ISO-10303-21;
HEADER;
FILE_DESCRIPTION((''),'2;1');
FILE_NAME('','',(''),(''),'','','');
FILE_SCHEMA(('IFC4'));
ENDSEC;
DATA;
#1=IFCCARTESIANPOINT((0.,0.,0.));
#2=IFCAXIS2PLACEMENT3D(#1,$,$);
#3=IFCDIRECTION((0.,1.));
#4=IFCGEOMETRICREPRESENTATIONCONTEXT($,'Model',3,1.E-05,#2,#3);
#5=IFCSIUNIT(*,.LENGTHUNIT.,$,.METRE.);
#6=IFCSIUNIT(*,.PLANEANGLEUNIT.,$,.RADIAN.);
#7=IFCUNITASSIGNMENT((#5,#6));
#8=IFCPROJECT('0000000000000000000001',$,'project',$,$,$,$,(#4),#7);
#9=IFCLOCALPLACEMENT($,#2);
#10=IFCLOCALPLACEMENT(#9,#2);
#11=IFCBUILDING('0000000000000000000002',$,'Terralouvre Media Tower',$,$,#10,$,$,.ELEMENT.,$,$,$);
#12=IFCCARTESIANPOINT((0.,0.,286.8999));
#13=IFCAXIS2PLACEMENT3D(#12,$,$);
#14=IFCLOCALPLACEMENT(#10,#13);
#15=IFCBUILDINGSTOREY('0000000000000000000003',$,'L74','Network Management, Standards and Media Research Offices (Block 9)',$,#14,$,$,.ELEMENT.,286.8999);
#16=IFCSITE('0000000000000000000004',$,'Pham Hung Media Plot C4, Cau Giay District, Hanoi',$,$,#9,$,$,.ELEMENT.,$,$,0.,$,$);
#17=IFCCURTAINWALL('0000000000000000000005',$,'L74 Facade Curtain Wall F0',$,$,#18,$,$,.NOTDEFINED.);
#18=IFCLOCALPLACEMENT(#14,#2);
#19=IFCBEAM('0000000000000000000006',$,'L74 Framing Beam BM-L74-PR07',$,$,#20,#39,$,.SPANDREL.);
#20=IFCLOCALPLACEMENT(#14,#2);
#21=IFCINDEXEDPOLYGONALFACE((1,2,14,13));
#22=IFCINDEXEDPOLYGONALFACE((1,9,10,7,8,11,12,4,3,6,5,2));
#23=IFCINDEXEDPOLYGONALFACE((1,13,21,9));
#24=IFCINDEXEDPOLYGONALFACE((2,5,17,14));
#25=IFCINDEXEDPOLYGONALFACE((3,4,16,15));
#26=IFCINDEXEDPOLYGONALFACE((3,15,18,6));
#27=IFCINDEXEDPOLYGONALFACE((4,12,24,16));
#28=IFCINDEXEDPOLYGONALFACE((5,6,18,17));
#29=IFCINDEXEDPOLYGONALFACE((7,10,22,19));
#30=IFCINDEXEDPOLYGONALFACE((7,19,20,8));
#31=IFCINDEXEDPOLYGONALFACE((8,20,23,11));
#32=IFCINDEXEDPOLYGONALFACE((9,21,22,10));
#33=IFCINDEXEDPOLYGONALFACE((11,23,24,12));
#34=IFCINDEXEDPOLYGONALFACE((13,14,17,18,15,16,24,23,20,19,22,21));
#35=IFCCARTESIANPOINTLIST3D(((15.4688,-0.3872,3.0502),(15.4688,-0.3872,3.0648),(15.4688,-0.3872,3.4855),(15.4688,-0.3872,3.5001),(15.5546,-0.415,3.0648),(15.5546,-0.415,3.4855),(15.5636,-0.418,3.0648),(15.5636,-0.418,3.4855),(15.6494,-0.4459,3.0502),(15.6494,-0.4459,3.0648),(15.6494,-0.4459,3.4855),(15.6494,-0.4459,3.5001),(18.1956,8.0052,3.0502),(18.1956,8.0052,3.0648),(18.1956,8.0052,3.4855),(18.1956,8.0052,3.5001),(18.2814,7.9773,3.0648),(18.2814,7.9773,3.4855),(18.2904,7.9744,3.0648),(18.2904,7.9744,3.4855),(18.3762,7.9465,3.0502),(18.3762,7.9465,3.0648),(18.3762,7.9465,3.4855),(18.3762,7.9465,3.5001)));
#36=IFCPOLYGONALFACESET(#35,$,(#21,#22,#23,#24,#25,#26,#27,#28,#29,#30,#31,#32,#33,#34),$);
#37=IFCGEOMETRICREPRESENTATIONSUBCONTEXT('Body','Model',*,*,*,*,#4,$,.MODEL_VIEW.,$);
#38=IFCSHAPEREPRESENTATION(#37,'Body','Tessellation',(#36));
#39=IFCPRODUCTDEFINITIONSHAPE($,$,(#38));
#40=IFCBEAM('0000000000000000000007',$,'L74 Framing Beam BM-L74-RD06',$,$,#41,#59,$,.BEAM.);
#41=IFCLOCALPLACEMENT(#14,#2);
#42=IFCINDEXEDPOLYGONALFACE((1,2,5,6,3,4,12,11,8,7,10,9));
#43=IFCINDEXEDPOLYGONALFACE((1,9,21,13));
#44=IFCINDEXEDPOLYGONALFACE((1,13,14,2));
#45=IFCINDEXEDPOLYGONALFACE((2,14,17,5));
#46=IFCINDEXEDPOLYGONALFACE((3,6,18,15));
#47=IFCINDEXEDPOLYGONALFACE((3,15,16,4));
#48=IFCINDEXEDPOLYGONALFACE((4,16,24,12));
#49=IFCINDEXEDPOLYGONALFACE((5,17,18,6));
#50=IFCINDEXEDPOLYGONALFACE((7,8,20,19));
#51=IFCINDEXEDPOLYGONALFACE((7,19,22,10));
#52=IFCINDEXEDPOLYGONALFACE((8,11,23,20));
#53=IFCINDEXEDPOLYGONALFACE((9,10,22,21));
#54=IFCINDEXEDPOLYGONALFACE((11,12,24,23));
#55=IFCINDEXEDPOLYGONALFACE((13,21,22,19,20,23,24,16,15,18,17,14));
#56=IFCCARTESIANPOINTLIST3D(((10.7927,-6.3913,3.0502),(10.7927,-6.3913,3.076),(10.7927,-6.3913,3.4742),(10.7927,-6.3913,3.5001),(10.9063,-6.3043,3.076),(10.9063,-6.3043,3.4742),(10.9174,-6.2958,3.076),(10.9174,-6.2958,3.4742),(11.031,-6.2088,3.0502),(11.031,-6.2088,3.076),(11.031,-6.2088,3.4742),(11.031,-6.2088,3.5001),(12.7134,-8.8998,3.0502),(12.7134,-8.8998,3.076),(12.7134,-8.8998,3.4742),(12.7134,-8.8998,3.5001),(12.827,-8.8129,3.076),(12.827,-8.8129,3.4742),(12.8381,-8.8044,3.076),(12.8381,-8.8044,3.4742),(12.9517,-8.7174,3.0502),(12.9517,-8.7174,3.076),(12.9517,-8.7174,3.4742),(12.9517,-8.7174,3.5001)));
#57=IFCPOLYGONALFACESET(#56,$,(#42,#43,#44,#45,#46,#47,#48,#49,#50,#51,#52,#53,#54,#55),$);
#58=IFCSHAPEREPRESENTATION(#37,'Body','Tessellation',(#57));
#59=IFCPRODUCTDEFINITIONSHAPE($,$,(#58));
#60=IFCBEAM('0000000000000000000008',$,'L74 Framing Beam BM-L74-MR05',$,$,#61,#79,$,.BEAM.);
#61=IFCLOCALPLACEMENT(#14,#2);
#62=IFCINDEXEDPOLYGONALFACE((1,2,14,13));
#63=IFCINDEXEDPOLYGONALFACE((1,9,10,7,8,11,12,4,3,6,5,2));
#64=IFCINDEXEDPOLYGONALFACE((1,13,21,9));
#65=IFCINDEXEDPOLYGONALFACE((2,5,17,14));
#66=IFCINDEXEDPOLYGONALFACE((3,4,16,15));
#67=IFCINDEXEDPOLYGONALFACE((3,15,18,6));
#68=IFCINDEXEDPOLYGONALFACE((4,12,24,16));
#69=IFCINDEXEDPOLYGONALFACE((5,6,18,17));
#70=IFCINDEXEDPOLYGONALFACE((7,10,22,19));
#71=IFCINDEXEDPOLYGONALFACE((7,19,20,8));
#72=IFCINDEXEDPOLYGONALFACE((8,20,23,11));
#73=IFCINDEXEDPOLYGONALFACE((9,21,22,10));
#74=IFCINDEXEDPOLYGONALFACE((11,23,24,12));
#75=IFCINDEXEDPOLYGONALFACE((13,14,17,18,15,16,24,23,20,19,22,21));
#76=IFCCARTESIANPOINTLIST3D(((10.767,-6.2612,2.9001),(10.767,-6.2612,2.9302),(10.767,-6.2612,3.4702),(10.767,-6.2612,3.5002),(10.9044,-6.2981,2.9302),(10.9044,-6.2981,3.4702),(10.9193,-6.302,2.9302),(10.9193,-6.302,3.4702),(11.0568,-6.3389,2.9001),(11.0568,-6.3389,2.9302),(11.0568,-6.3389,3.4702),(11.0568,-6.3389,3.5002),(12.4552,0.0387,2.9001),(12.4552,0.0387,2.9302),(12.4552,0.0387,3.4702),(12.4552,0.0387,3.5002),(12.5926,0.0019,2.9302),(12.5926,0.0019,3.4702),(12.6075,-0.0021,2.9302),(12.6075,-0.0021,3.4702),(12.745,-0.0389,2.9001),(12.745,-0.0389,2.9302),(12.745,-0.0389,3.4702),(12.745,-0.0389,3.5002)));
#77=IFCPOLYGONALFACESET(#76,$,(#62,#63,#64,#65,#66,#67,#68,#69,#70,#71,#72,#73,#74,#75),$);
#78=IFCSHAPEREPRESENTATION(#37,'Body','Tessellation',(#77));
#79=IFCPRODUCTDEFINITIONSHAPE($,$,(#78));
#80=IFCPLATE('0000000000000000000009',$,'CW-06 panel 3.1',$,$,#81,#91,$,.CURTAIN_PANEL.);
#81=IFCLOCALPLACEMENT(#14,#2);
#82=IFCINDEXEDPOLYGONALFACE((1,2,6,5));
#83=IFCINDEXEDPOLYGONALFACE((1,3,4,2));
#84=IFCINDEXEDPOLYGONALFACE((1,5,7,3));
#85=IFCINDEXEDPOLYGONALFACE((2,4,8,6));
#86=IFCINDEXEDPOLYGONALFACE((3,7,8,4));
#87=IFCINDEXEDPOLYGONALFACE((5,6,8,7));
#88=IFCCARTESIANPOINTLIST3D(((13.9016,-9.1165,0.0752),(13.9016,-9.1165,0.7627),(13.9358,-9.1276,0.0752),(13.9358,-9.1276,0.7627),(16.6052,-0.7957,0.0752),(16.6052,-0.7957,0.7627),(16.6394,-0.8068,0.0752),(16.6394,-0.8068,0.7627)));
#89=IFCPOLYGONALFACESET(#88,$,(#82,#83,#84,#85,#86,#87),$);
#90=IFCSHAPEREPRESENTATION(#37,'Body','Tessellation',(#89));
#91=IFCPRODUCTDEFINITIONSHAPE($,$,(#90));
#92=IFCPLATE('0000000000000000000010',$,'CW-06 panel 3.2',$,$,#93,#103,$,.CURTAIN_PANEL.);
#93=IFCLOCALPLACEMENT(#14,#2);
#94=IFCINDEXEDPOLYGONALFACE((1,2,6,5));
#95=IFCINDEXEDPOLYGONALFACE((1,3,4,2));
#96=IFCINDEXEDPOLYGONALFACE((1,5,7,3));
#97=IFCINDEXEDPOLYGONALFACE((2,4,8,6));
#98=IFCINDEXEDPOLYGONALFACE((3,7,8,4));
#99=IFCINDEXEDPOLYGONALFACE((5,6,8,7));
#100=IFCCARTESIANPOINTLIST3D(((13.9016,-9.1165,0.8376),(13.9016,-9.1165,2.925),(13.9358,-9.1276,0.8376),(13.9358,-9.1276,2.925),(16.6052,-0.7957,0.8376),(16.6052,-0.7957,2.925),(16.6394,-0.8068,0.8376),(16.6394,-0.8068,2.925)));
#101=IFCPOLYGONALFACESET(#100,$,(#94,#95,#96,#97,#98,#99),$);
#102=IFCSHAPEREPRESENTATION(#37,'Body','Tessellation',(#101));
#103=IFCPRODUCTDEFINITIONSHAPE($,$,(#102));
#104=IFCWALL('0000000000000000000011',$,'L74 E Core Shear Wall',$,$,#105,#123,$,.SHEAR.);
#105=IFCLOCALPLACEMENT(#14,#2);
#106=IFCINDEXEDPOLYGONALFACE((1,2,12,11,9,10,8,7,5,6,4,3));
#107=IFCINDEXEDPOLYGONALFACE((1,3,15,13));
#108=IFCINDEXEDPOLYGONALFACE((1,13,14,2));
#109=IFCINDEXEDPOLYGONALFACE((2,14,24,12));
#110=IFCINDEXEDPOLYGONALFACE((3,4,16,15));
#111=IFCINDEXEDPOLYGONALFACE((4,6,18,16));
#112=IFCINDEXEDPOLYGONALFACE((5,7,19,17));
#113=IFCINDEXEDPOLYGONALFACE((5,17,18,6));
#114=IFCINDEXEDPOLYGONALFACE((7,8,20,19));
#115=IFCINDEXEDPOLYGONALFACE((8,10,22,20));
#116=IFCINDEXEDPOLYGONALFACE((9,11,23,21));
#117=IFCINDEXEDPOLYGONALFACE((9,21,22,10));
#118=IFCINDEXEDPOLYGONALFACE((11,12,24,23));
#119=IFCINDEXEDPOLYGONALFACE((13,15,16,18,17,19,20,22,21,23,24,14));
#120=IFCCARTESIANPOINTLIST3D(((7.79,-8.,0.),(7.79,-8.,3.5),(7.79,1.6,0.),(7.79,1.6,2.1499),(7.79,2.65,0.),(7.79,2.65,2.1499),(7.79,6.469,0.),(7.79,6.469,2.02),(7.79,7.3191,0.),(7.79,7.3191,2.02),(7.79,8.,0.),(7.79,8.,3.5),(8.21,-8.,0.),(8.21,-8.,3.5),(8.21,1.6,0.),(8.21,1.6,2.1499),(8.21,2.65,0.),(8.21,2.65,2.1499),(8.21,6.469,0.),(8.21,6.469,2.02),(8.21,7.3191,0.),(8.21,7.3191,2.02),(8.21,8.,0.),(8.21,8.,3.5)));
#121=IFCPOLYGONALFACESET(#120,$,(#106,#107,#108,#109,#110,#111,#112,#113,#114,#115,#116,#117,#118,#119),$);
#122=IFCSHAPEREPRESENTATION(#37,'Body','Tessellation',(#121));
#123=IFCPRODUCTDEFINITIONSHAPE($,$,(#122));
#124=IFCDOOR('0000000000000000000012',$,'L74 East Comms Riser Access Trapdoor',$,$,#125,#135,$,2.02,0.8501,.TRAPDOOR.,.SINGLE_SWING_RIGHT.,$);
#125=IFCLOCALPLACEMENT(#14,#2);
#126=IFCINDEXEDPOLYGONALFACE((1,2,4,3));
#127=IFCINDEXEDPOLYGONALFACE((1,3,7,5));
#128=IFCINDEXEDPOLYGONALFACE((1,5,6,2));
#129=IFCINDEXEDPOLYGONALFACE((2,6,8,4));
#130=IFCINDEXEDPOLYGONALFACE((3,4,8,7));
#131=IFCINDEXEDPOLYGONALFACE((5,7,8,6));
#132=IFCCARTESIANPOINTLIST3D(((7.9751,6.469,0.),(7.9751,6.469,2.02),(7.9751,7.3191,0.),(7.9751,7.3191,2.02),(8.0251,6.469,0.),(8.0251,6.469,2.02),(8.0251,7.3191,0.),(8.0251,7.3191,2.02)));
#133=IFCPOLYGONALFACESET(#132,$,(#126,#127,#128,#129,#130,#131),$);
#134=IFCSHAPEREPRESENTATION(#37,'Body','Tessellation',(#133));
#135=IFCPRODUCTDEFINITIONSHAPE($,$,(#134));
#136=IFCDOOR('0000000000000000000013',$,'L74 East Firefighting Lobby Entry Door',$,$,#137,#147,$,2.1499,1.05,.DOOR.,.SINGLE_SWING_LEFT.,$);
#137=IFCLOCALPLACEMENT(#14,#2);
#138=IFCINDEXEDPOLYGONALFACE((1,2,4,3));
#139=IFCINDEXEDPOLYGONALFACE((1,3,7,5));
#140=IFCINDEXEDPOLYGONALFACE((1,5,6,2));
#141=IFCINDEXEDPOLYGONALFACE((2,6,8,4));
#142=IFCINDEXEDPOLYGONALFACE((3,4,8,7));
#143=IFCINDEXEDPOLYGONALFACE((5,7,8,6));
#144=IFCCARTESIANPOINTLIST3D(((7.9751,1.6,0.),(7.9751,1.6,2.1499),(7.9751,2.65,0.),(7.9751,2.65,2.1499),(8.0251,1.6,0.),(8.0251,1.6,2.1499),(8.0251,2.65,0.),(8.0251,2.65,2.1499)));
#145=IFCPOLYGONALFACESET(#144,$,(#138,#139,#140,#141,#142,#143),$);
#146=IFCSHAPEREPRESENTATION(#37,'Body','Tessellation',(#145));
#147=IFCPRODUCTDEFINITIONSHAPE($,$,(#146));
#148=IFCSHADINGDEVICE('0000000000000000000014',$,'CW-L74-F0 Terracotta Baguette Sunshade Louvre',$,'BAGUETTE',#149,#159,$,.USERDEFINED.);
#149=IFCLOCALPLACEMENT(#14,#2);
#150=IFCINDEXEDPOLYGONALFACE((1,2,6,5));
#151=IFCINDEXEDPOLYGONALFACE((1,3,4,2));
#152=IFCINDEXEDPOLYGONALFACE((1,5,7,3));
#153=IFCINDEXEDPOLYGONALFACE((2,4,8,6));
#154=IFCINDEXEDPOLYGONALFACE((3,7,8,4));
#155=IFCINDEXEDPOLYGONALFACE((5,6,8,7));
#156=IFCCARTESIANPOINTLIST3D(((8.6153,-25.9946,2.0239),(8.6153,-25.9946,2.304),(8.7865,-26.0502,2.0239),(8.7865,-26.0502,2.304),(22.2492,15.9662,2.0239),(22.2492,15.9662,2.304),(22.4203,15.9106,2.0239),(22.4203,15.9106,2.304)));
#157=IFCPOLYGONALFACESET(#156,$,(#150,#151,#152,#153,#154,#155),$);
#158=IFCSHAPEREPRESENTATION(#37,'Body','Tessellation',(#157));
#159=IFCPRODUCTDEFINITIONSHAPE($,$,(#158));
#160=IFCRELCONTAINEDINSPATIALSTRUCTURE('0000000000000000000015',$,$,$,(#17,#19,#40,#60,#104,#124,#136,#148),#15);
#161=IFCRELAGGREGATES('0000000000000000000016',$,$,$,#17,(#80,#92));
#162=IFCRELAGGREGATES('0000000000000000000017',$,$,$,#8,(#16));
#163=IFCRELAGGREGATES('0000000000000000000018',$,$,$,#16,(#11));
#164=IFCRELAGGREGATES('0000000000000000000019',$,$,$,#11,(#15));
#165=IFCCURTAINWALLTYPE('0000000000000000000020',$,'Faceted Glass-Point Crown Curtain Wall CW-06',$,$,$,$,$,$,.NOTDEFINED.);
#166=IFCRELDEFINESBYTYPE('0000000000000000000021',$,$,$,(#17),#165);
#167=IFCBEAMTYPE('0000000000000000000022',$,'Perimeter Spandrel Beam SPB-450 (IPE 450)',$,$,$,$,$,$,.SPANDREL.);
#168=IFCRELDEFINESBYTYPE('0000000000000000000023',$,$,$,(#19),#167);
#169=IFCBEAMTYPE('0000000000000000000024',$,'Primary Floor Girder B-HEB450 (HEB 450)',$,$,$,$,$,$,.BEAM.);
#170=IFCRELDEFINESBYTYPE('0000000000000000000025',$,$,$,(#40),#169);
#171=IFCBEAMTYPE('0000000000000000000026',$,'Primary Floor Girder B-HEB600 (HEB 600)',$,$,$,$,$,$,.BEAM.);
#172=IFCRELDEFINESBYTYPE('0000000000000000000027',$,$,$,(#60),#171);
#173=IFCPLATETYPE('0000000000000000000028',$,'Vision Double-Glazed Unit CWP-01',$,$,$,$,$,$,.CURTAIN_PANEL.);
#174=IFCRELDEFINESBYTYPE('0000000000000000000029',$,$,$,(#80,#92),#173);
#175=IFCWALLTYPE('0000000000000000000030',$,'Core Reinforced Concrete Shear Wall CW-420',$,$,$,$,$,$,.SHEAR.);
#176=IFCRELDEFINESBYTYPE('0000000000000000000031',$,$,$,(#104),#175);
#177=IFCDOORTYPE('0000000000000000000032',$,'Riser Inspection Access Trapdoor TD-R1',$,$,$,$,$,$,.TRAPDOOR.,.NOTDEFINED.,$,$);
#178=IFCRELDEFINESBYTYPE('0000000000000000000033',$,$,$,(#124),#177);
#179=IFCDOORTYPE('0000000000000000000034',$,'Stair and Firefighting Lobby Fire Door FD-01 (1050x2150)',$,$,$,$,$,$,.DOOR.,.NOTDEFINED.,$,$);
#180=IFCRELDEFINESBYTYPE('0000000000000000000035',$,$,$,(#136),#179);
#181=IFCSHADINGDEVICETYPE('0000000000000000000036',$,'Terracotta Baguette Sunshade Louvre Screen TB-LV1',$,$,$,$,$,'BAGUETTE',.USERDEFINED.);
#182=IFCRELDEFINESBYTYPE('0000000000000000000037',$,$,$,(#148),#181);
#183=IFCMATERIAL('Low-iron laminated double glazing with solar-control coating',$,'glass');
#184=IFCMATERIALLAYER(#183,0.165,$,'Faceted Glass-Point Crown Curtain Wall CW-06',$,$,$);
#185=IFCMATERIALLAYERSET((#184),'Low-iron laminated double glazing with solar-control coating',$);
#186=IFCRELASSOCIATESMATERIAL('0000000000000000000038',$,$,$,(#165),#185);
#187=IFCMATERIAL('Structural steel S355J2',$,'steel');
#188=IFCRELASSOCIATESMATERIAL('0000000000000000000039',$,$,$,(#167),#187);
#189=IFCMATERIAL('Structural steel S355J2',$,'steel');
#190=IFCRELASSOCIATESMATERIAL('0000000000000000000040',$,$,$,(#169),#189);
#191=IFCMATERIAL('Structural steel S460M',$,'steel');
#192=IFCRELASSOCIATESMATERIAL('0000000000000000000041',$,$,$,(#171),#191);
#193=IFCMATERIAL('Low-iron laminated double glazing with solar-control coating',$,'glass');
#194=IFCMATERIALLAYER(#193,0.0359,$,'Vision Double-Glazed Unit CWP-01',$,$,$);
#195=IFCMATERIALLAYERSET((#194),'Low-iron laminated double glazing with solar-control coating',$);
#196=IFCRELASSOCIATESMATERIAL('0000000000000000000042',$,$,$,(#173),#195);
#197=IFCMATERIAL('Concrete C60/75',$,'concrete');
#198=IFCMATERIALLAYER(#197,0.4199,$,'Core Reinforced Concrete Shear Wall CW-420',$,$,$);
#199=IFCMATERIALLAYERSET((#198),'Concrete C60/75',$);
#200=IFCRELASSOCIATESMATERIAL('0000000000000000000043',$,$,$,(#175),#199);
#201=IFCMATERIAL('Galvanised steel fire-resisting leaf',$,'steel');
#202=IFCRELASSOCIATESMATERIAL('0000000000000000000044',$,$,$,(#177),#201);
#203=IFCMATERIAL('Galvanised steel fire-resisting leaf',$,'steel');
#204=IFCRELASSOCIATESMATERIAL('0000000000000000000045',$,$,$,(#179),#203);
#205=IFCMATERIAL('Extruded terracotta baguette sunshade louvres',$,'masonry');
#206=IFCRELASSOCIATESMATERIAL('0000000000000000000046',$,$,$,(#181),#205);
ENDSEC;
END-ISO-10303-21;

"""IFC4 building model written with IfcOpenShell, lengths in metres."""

from ifc_helpers import new_model, si_unit, direction, frame, frame_2d, origin, origin_2d, place, context, subcontext, project, spatial, rectangle, i_section, extrude, material, layer, layer_set, material_profile, profile_set, type_object, element, fill, aggregate, save


model = new_model("IFC4")

# Units and contexts
model_context = context("Model", 3, precision=1e-05, world=origin(), true_north=direction((0.0, 1.0)))
body_context = subcontext(model_context, "Body", "Model", "MODEL_VIEW")
ifc_project = project(units=[si_unit("LENGTHUNIT", "METRE"), si_unit("PLANEANGLEUNIT", "RADIAN")], contexts=[model_context])

# Site, building, storey
site_placement = place(None, origin())
site = spatial("IfcSite", under=ifc_project, at=site_placement, Name="Pham Hung Media Plot C4, Cau Giay District, Hanoi", CompositionType="ELEMENT", RefElevation=0.0)
building_placement = place(site_placement, origin())
building = spatial("IfcBuilding", under=site, at=building_placement, Name="Terralouvre Media Tower", CompositionType="ELEMENT")
storey_placement = place(building_placement, frame((0.0, 0.0, 286.8999)))
storey = spatial("IfcBuildingStorey", under=building, at=storey_placement, Name="L74", Description="Network Management, Standards and Media Research Offices (Block 9)", CompositionType="ELEMENT", Elevation=286.8999)

# Curtain wall
ifc_material_1 = material(Name="Low-iron laminated double glazing with solar-control coating", Category="glass")
ifc_layer_1 = layer(ifc_material_1, 0.165, Name="Faceted Glass-Point Crown Curtain Wall CW-06")
ifc_layer_set_1 = layer_set([ifc_layer_1], Name="Low-iron laminated double glazing with solar-control coating")
curtain_wall_type = type_object("IfcCurtainWallType", Name="Faceted Glass-Point Crown Curtain Wall CW-06", PredefinedType="NOTDEFINED", material=ifc_layer_set_1)
curtain_wall_placement = place(storey_placement, origin())
curtain_wall = element("IfcCurtainWall", 1, at=curtain_wall_placement, inside=storey, type_object=curtain_wall_type, Name="L74 Facade Curtain Wall F0", PredefinedType="NOTDEFINED")

# Beams
ifc_material_2 = material(Name="Structural steel S355J2", Category="steel")
ifc_material_profile_1 = material_profile(ifc_material_2, i_section(OverallWidth=0.1899, OverallDepth=0.45, WebThickness=0.0095, FlangeThickness=0.0146, at=origin_2d()), Name="IPE 450")
ifc_profile_set_1 = profile_set([ifc_material_profile_1], Name="Structural steel S355J2")
beam_type_1 = type_object("IfcBeamType", Name="Perimeter Spandrel Beam SPB-450 (IPE 450)", PredefinedType="SPANDREL", material=ifc_profile_set_1)
beam_1_placement = place(storey_placement, frame((15.5591, -0.4165, 3.2751), z_axis=(0.309014, 0.951057, 0.0), x_axis=(-0.951057, 0.309014, 0.0)))
element("IfcBeam", 2, at=beam_1_placement, inside=storey, type_object=beam_type_1, Name="L74 Framing Beam BM-L74-PR07", PredefinedType="SPANDREL", context=body_context, shape_type="SweptSolid", body=[
    extrude(i_section(OverallWidth=0.1899, OverallDepth=0.45, WebThickness=0.0095, FlangeThickness=0.0146, at=origin_2d()), origin(), (0.0, 0.0, 1.0), 8.8242),
])
ifc_material_3 = material(Name="Structural steel S355J2", Category="steel")
ifc_material_profile_2 = material_profile(ifc_material_3, i_section(OverallWidth=0.3, OverallDepth=0.45, WebThickness=0.0139, FlangeThickness=0.0259, at=origin_2d()), Name="HEB 450")
ifc_profile_set_2 = profile_set([ifc_material_profile_2], Name="Structural steel S355J2")
beam_type_2 = type_object("IfcBeamType", Name="Primary Floor Girder B-HEB450 (HEB 450)", PredefinedType="BEAM", material=ifc_profile_set_2)
beam_2_placement = place(storey_placement, frame((10.9119, -6.3, 3.2751), z_axis=(0.60792, -0.793998, 0.0), x_axis=(0.793998, 0.60792, 0.0)))
element("IfcBeam", 3, at=beam_2_placement, inside=storey, type_object=beam_type_2, Name="L74 Framing Beam BM-L74-RD06", PredefinedType="BEAM", context=body_context, shape_type="SweptSolid", body=[
    extrude(i_section(OverallWidth=0.3, OverallDepth=0.45, WebThickness=0.0139, FlangeThickness=0.0259, at=origin_2d()), origin(), (0.0, 0.0, 1.0), 3.1594),
])
ifc_material_4 = material(Name="Structural steel S460M", Category="steel")
ifc_material_profile_3 = material_profile(ifc_material_4, i_section(OverallWidth=0.3, OverallDepth=0.6001, WebThickness=0.0154, FlangeThickness=0.03, at=origin_2d()), Name="HEB 600")
ifc_profile_set_3 = profile_set([ifc_material_profile_3], Name="Structural steel S460M")
beam_type_3 = type_object("IfcBeamType", Name="Primary Floor Girder B-HEB600 (HEB 600)", PredefinedType="BEAM", material=ifc_profile_set_3)
beam_3_placement = place(storey_placement, frame((10.9119, -6.3, 3.2002), z_axis=(0.258839, 0.96592, 0.0), x_axis=(-0.96592, 0.258839, 0.0)))
element("IfcBeam", 4, at=beam_3_placement, inside=storey, type_object=beam_type_3, Name="L74 Framing Beam BM-L74-MR05", PredefinedType="BEAM", context=body_context, shape_type="SweptSolid", body=[
    extrude(i_section(OverallWidth=0.3, OverallDepth=0.6001, WebThickness=0.0154, FlangeThickness=0.03, at=origin_2d()), origin(), (0.0, 0.0, 1.0), 6.5222),
])

# Plates
ifc_material_5 = material(Name="Low-iron laminated double glazing with solar-control coating", Category="glass")
ifc_layer_2 = layer(ifc_material_5, 0.0359, Name="Vision Double-Glazed Unit CWP-01")
ifc_layer_set_2 = layer_set([ifc_layer_2], Name="Low-iron laminated double glazing with solar-control coating")
plate_type = type_object("IfcPlateType", Name="Vision Double-Glazed Unit CWP-01", PredefinedType="CURTAIN_PANEL", material=ifc_layer_set_2)
plate_1_placement = place(storey_placement, frame((15.2705, -4.9617, 0.0752), z_axis=(0.0, 0.0, 1.0), x_axis=(0.309017, 0.951057, 0.0)))
plate_1 = element("IfcPlate", 5, at=plate_1_placement, type_object=plate_type, Name="CW-06 panel 3.1", PredefinedType="CURTAIN_PANEL", context=body_context, shape_type="SweptSolid", body=[
    extrude(rectangle(XDim=8.749, YDim=0.0359, at=origin_2d()), origin(), (0.0, 0.0, 1.0), 0.6875),
])
plate_2_placement = place(storey_placement, frame((15.2705, -4.9617, 0.8376), z_axis=(0.0, 0.0, 1.0), x_axis=(0.309017, 0.951057, 0.0)))
plate_2 = element("IfcPlate", 6, at=plate_2_placement, type_object=plate_type, Name="CW-06 panel 3.2", PredefinedType="CURTAIN_PANEL", context=body_context, shape_type="SweptSolid", body=[
    extrude(rectangle(XDim=8.749, YDim=0.0359, at=origin_2d()), origin(), (0.0, 0.0, 1.0), 2.0874),
])
aggregate(curtain_wall, [plate_1, plate_2])

# Wall, openings, doors
ifc_material_6 = material(Name="Concrete C60/75", Category="concrete")
ifc_layer_3 = layer(ifc_material_6, 0.4199, Name="Core Reinforced Concrete Shear Wall CW-420")
ifc_layer_set_3 = layer_set([ifc_layer_3], Name="Concrete C60/75")
wall_type = type_object("IfcWallType", Name="Core Reinforced Concrete Shear Wall CW-420", PredefinedType="SHEAR", material=ifc_layer_set_3)
wall_placement = place(storey_placement, frame((8.0, -8.0, 0.0), z_axis=(0.0, 0.0, 1.0), x_axis=(0.0, 1.0, 0.0)))
wall = element("IfcWall", 7, at=wall_placement, inside=storey, type_object=wall_type, Name="L74 E Core Shear Wall", PredefinedType="SHEAR", context=body_context, shape_type="SweptSolid", body=[
    extrude(rectangle(XDim=16.0, YDim=0.4199, at=frame_2d((8.0, 0.0))), origin(), (0.0, 0.0, 1.0), 3.5),
])
opening_1_placement = place(wall_placement, frame((9.6001, 0.0, 0.0)))
opening_1 = element("IfcOpeningElement", 8, at=opening_1_placement, cuts=wall, PredefinedType="OPENING", context=body_context, shape_type="SweptSolid", body=[
    extrude(rectangle(XDim=1.05, YDim=2.1499, at=frame_2d((0.5249, 1.075))), frame((0.0, 0.22, 0.0), z_axis=(0.0, -1.0, 0.0), x_axis=(1.0, 0.0, 0.0)), (0.0, 0.0, 1.0), 0.4399),
])
opening_2_placement = place(wall_placement, frame((14.469, 0.0, 0.0)))
opening_2 = element("IfcOpeningElement", 9, at=opening_2_placement, cuts=wall, PredefinedType="OPENING", context=body_context, shape_type="SweptSolid", body=[
    extrude(rectangle(XDim=0.8501, YDim=2.02, at=frame_2d((0.425, 1.01))), frame((0.0, 0.22, 0.0), z_axis=(0.0, -1.0, 0.0), x_axis=(1.0, 0.0, 0.0)), (0.0, 0.0, 1.0), 0.4399),
])
ifc_material_7 = material(Name="Galvanised steel fire-resisting leaf", Category="steel")
door_type_1 = type_object("IfcDoorType", Name="Riser Inspection Access Trapdoor TD-R1", OperationType="NOTDEFINED", PredefinedType="TRAPDOOR", material=ifc_material_7)
door_1_placement = place(opening_2_placement, origin())
door_1 = element("IfcDoor", 10, at=door_1_placement, inside=storey, type_object=door_type_1, Name="L74 East Comms Riser Access Trapdoor", OperationType="SINGLE_SWING_RIGHT", OverallHeight=2.02, OverallWidth=0.8501, PredefinedType="TRAPDOOR", context=body_context, shape_type="SweptSolid", body=[
    extrude(rectangle(XDim=0.8501, YDim=2.02, at=frame_2d((0.425, 1.01))), frame((0.0, 0.0249, 0.0), z_axis=(0.0, -1.0, 0.0), x_axis=(1.0, 0.0, 0.0)), (0.0, 0.0, 1.0), 0.05),
])
fill(opening_2, door_1)
ifc_material_8 = material(Name="Galvanised steel fire-resisting leaf", Category="steel")
door_type_2 = type_object("IfcDoorType", Name="Stair and Firefighting Lobby Fire Door FD-01 (1050x2150)", OperationType="NOTDEFINED", PredefinedType="DOOR", material=ifc_material_8)
door_2_placement = place(opening_1_placement, origin())
door_2 = element("IfcDoor", 11, at=door_2_placement, inside=storey, type_object=door_type_2, Name="L74 East Firefighting Lobby Entry Door", OperationType="SINGLE_SWING_LEFT", OverallHeight=2.1499, OverallWidth=1.05, PredefinedType="DOOR", context=body_context, shape_type="SweptSolid", body=[
    extrude(rectangle(XDim=1.05, YDim=2.1499, at=frame_2d((0.5249, 1.075))), frame((0.0, 0.0249, 0.0), z_axis=(0.0, -1.0, 0.0), x_axis=(1.0, 0.0, 0.0)), (0.0, 0.0, 1.0), 0.05),
])
fill(opening_1, door_2)

# Shading device
ifc_material_9 = material(Name="Extruded terracotta baguette sunshade louvres", Category="masonry")
shading_device_type = type_object("IfcShadingDeviceType", Name="Terracotta Baguette Sunshade Louvre Screen TB-LV1", ElementType="BAGUETTE", PredefinedType="USERDEFINED", material=ifc_material_9)
shading_device_placement = place(storey_placement, frame((15.5178, -5.042, 2.0239), z_axis=(0.0, 0.0, 1.0), x_axis=(0.309017, 0.951057, 0.0)))
element("IfcShadingDevice", 12, at=shading_device_placement, inside=storey, type_object=shading_device_type, Name="CW-L74-F0 Terracotta Baguette Sunshade Louvre", ObjectType="BAGUETTE", PredefinedType="USERDEFINED", context=body_context, shape_type="SweptSolid", body=[
    extrude(rectangle(XDim=44.1201, YDim=0.1799, at=origin_2d()), origin(), (0.0, 0.0, 1.0), 0.28),
])

save(model, "model.ifc")
